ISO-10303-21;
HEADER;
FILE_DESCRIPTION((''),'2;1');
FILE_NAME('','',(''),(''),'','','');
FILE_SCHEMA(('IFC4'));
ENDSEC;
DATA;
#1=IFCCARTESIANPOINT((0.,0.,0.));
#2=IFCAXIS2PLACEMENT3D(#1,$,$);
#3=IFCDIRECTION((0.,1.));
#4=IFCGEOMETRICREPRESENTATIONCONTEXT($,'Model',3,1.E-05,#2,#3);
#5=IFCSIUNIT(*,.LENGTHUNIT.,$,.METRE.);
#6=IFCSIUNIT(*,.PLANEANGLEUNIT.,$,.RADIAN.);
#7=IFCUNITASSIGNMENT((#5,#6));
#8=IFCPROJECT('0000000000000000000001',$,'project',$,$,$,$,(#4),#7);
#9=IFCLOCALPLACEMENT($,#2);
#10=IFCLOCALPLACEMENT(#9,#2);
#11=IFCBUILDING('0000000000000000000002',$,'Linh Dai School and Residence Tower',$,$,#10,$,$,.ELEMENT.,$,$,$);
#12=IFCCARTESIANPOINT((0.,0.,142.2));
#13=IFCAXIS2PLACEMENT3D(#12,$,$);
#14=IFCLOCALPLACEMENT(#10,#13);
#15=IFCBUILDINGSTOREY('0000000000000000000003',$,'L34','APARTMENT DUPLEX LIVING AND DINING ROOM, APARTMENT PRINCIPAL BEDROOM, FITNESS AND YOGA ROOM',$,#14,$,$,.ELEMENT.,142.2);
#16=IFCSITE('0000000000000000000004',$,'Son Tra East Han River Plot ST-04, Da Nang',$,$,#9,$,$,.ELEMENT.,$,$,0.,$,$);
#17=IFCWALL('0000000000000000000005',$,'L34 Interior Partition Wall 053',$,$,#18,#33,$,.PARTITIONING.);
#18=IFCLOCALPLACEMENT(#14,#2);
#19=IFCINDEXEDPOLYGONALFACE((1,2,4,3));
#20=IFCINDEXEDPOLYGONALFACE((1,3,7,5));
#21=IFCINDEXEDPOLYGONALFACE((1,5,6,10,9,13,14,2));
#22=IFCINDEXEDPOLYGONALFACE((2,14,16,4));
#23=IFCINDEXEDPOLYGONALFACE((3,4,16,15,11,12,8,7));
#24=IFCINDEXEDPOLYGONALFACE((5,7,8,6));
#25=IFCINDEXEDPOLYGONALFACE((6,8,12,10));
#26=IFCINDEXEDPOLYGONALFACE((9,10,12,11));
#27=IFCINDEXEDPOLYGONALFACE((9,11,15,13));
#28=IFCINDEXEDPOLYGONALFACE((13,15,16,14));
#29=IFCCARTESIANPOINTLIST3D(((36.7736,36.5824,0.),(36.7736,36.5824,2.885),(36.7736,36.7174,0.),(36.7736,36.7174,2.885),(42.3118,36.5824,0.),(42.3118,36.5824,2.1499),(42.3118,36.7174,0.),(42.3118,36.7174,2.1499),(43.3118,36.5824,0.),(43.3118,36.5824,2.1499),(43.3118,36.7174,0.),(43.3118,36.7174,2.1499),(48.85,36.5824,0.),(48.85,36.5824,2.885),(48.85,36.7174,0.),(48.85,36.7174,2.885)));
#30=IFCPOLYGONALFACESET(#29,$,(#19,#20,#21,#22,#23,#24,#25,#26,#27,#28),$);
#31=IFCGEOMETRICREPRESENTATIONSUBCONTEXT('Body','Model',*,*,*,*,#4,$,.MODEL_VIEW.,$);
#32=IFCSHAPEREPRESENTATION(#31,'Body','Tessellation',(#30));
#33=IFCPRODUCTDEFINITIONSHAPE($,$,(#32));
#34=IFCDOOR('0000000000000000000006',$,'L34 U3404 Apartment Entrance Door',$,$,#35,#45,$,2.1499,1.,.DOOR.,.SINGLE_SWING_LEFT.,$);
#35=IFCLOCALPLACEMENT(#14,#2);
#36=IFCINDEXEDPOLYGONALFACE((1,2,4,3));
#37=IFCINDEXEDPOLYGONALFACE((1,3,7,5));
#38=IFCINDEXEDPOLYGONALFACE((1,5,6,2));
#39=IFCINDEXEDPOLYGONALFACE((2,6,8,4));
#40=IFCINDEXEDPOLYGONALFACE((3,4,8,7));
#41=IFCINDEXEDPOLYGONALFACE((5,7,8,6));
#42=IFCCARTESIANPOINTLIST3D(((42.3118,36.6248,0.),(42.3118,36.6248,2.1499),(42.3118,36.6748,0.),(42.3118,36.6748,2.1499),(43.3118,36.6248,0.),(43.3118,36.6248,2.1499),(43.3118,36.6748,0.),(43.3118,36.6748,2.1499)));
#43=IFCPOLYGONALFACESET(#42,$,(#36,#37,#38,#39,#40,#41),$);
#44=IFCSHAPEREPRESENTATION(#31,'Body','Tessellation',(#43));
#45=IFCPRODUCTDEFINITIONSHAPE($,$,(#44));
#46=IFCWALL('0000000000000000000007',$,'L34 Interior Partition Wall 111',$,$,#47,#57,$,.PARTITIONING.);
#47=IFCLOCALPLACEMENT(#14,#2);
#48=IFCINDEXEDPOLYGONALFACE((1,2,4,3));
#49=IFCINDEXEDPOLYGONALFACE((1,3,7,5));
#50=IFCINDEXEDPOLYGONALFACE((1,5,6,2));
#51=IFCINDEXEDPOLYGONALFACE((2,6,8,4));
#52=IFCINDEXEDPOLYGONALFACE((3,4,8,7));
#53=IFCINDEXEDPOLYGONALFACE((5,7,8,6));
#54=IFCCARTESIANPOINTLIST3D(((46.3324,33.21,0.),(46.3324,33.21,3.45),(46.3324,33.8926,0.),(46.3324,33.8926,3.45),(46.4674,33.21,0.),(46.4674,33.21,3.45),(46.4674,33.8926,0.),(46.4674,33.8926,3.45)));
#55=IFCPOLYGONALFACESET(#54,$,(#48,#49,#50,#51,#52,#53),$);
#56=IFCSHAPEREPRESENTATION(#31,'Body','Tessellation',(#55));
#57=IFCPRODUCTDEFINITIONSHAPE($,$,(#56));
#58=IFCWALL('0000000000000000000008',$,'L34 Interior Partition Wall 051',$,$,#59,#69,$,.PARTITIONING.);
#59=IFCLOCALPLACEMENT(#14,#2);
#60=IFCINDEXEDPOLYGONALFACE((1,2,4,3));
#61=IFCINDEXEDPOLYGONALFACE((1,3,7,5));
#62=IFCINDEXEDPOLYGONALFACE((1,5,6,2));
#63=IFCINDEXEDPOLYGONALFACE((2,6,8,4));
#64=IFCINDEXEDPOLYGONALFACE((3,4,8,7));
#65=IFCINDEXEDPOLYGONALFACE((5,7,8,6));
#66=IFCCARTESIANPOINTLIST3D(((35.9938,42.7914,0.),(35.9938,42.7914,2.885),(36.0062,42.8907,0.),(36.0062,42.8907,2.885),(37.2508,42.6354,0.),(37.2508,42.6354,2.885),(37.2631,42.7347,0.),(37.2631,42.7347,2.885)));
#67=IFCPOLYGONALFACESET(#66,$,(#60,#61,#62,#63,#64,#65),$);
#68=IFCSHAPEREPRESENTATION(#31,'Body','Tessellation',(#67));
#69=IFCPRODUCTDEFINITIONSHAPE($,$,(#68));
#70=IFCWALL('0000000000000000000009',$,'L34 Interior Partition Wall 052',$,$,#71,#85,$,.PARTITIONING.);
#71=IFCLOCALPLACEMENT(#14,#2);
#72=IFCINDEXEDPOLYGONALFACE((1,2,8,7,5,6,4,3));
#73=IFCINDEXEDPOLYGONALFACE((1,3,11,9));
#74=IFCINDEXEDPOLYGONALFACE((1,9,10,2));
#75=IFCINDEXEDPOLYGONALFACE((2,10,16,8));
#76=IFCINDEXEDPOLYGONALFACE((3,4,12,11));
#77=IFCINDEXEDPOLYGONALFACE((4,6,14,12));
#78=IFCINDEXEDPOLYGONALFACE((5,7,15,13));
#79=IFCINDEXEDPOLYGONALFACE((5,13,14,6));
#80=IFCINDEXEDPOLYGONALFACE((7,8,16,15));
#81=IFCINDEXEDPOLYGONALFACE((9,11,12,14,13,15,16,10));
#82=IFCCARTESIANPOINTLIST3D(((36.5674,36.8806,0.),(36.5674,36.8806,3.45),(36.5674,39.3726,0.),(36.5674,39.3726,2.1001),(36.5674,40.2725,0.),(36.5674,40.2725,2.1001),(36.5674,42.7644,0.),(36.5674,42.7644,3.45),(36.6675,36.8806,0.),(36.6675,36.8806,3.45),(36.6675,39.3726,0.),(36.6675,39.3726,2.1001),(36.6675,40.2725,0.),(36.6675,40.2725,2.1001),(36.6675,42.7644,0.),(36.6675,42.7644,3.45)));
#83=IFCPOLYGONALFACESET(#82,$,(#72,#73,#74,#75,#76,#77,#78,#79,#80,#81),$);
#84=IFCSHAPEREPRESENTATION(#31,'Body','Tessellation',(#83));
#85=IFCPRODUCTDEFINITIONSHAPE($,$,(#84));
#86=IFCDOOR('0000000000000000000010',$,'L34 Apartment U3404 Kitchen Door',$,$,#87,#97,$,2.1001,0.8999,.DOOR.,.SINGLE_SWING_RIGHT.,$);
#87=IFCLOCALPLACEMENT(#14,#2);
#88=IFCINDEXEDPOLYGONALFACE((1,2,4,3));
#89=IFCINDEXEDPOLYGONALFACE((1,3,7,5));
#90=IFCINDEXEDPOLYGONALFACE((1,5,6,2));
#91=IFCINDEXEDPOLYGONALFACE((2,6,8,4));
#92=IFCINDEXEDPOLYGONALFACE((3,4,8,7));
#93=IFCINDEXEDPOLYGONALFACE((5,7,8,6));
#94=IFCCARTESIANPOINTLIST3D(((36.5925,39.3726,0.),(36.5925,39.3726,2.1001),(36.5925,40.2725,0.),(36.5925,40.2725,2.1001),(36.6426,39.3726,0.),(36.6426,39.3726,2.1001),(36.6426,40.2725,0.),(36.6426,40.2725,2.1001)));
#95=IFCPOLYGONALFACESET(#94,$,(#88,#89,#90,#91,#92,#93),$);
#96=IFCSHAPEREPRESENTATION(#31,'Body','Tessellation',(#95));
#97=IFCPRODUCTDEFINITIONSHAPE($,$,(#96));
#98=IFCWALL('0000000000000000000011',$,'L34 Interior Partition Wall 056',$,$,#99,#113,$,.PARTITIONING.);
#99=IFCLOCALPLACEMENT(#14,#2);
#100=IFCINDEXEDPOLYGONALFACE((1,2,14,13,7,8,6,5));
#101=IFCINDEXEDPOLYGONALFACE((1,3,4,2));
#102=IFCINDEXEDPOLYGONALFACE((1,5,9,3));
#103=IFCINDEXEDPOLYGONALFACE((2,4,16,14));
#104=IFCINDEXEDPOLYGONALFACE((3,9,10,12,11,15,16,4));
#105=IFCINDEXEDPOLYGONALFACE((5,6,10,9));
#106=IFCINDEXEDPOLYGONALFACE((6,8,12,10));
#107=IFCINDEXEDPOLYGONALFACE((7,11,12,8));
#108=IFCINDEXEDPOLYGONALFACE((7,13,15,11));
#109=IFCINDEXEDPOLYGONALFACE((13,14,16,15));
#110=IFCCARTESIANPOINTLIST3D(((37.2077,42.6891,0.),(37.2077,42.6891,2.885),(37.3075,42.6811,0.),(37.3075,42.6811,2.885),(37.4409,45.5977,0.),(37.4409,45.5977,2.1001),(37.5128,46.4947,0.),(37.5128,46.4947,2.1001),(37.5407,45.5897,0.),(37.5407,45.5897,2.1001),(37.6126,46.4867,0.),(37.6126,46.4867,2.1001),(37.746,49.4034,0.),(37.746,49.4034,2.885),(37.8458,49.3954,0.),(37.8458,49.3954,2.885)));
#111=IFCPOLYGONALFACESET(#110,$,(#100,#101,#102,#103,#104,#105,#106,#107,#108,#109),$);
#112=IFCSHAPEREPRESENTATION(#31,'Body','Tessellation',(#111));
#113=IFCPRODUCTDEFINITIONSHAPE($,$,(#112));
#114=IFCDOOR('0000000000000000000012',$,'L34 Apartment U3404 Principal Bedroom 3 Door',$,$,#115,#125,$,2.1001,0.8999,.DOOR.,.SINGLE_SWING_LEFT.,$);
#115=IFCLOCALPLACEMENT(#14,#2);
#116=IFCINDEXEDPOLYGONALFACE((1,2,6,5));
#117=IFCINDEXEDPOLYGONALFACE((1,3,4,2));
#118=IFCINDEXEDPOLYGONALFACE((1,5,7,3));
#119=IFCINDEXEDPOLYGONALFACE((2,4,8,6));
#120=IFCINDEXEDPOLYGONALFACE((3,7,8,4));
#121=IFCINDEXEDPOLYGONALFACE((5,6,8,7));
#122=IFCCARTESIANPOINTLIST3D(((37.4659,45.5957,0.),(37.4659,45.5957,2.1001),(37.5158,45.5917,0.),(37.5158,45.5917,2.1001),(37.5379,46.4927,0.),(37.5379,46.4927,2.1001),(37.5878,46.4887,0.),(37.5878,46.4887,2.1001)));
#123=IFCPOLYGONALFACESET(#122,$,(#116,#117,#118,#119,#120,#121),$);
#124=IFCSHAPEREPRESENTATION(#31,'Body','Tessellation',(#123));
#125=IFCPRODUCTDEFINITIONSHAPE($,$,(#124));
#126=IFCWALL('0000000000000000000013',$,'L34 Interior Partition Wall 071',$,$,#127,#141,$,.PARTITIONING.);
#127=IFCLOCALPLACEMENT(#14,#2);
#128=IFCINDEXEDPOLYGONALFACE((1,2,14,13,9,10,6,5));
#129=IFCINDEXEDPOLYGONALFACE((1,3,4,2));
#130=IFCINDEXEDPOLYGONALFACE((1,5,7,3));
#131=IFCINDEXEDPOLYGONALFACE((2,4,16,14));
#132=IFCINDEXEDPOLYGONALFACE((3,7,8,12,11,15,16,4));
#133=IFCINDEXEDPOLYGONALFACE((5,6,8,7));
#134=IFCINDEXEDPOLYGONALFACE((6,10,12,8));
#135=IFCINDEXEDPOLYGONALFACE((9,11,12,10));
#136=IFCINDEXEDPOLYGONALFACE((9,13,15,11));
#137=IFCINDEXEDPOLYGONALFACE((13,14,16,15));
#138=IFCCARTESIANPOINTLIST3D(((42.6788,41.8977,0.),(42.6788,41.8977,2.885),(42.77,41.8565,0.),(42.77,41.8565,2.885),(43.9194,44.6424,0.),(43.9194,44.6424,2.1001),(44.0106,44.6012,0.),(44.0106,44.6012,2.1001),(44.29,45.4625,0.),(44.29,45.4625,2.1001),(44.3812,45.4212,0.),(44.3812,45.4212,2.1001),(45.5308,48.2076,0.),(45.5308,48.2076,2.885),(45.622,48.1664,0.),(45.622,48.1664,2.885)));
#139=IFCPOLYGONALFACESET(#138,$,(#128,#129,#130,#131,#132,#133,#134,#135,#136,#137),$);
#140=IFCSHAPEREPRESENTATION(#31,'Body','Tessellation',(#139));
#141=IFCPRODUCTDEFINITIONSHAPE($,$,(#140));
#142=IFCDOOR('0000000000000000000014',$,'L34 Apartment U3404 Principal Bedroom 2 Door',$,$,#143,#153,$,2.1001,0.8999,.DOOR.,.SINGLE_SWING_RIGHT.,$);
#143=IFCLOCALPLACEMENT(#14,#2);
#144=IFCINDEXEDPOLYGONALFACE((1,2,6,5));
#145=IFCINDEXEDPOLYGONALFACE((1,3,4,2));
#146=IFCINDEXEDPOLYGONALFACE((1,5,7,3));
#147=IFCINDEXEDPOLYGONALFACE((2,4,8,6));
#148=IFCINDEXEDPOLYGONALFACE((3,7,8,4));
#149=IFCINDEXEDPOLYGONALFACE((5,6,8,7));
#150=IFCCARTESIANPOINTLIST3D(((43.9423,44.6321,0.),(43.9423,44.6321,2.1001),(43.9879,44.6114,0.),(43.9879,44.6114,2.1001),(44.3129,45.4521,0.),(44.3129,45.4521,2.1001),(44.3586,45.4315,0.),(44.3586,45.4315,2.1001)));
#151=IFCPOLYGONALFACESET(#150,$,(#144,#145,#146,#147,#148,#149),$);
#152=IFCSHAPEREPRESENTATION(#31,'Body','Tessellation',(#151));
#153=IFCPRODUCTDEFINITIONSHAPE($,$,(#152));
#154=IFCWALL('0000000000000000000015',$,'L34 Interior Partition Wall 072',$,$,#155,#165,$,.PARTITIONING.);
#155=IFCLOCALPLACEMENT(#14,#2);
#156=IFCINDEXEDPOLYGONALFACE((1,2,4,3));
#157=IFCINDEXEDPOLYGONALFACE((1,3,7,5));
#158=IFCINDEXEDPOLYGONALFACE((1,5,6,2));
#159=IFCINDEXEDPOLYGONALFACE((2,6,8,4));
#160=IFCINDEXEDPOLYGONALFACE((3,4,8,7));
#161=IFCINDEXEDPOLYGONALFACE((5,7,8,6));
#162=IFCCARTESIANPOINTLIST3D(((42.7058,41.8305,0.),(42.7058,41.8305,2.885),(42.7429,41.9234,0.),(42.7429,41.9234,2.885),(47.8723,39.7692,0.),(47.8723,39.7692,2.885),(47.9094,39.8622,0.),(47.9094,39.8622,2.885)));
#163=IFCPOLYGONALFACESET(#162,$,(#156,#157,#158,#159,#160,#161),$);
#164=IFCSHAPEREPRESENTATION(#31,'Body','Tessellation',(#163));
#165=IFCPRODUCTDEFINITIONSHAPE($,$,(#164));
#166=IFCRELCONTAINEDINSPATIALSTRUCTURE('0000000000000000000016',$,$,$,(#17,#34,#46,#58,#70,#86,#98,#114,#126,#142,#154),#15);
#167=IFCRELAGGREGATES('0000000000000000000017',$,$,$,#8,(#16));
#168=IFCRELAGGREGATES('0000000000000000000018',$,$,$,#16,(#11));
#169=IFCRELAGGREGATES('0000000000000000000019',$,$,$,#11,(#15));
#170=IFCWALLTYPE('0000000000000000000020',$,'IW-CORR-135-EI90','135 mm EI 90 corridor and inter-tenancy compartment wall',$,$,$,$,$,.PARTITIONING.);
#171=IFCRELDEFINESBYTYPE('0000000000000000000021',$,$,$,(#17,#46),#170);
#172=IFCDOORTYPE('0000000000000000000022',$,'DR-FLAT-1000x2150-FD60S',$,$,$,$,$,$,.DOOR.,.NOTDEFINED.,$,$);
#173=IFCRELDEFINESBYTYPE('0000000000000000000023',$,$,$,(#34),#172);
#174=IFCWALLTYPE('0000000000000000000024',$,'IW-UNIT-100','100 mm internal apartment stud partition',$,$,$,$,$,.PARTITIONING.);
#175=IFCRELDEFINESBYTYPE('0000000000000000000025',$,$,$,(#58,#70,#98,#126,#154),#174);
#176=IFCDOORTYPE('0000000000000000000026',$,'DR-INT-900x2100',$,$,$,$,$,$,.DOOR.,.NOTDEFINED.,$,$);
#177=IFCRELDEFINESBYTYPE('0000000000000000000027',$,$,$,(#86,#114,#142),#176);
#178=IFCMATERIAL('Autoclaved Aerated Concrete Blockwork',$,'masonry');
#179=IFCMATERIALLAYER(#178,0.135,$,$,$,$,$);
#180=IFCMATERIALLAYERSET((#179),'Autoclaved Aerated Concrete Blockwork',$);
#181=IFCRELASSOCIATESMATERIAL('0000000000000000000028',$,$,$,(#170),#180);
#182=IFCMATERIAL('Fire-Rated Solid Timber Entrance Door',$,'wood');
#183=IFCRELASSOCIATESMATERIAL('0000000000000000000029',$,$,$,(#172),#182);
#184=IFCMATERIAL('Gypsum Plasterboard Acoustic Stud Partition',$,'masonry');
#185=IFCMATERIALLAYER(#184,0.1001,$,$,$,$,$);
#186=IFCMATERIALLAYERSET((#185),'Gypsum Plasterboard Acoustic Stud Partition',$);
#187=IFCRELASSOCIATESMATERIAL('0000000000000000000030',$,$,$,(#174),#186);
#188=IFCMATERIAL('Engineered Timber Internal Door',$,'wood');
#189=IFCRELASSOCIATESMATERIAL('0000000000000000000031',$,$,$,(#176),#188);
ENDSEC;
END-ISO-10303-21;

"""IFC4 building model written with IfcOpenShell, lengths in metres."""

from ifc_helpers import new_model, si_unit, direction, frame, frame_2d, origin, origin_2d, place, context, subcontext, project, spatial, rectangle, extrude, source, transform, mapped, material, layer, layer_set, type_object, element, fill, save


model = new_model("IFC4")

# Units and contexts
model_context = context("Model", 3, precision=1e-05, world=origin(), true_north=direction((0.0, 1.0)))
body_context = subcontext(model_context, "Body", "Model", "MODEL_VIEW")
ifc_project = project(units=[si_unit("LENGTHUNIT", "METRE"), si_unit("PLANEANGLEUNIT", "RADIAN")], contexts=[model_context])

# Site, building, storey
site_placement = place(None, origin())
site = spatial("IfcSite", under=ifc_project, at=site_placement, Name="Son Tra East Han River Plot ST-04, Da Nang", CompositionType="ELEMENT", RefElevation=0.0)
building_placement = place(site_placement, origin())
building = spatial("IfcBuilding", under=site, at=building_placement, Name="Linh Dai School and Residence Tower", CompositionType="ELEMENT")
storey_placement = place(building_placement, frame((0.0, 0.0, 142.2)))
storey = spatial("IfcBuildingStorey", under=building, at=storey_placement, Name="L34", Description="APARTMENT DUPLEX LIVING AND DINING ROOM, APARTMENT PRINCIPAL BEDROOM, FITNESS AND YOGA ROOM", CompositionType="ELEMENT", Elevation=142.2)

# Wall, opening, door
ifc_material_1 = material(Name="Autoclaved Aerated Concrete Blockwork", Category="masonry")
ifc_layer_1 = layer(ifc_material_1, 0.135)
ifc_layer_set_1 = layer_set([ifc_layer_1], Name="Autoclaved Aerated Concrete Blockwork")
wall_type_1 = type_object("IfcWallType", Name="IW-CORR-135-EI90", Description="135 mm EI 90 corridor and inter-tenancy compartment wall", PredefinedType="PARTITIONING", material=ifc_layer_set_1)
wall_1_placement = place(storey_placement, frame((36.7737, 36.6499, 0.0), z_axis=(0.0, 0.0, 1.0), x_axis=(1.0, 0.0, 0.0)))
wall_1 = element("IfcWall", 1, at=wall_1_placement, inside=storey, type_object=wall_type_1, Name="L34 Interior Partition Wall 053", PredefinedType="PARTITIONING", context=body_context, shape_type="SweptSolid", body=[
    extrude(rectangle(XDim=12.0764, YDim=0.135, at=frame_2d((6.0381, 0.0))), origin(), (0.0, 0.0, 1.0), 2.885),
])
opening_1_placement = place(wall_1_placement, frame((5.5381, 0.0, 0.0)))
opening_1 = element("IfcOpeningElement", 2, at=opening_1_placement, cuts=wall_1, PredefinedType="OPENING", context=body_context, shape_type="SweptSolid", body=[
    extrude(rectangle(XDim=1.0, YDim=2.1499, at=origin_2d()), frame((0.5, 0.0776, 1.075), z_axis=(0.0, -1.0, 0.0), x_axis=(1.0, 0.0, 0.0)), (0.0, 0.0, 1.0), 0.155),
])
ifc_material_2 = material(Name="Fire-Rated Solid Timber Entrance Door", Category="wood")
door_type_1 = type_object("IfcDoorType", Name="DR-FLAT-1000x2150-FD60S", OperationType="NOTDEFINED", PredefinedType="DOOR", material=ifc_material_2)
shared_shape_1 = source(origin(), body_context, "Body", "SweptSolid", [
    extrude(rectangle(XDim=1.0, YDim=2.1499, at=origin_2d()), frame((0.5, 0.0249, 1.075), z_axis=(0.0, -1.0, 0.0), x_axis=(1.0, 0.0, 0.0)), (0.0, 0.0, 1.0), 0.05),
])
door_1_placement = place(opening_1_placement, origin())
door_1 = element("IfcDoor", 3, at=door_1_placement, inside=storey, type_object=door_type_1, Name="L34 U3404 Apartment Entrance Door", OperationType="SINGLE_SWING_LEFT", OverallHeight=2.1499, OverallWidth=1.0, PredefinedType="DOOR", context=body_context, shape_type="MappedRepresentation", body=[
    mapped(shared_shape_1, transform((0.0, 0.0, 0.0), x_axis=(1.0, 0.0, 0.0), y_axis=(0.0, 1.0, 0.0), z_axis=(0.0, 0.0, 1.0), scale=1.0)),
])
fill(opening_1, door_1)

# Walls
wall_2_placement = place(storey_placement, frame((46.3999, 33.21, 0.0), z_axis=(0.0, 0.0, 1.0), x_axis=(0.0, 1.0, 0.0)))
element("IfcWall", 4, at=wall_2_placement, inside=storey, type_object=wall_type_1, Name="L34 Interior Partition Wall 111", PredefinedType="PARTITIONING", context=body_context, shape_type="SweptSolid", body=[
    extrude(rectangle(XDim=0.6826, YDim=0.135, at=frame_2d((0.3413, 0.0))), origin(), (0.0, 0.0, 1.0), 3.45),
])
ifc_material_3 = material(Name="Gypsum Plasterboard Acoustic Stud Partition", Category="masonry")
ifc_layer_2 = layer(ifc_material_3, 0.1001)
ifc_layer_set_2 = layer_set([ifc_layer_2], Name="Gypsum Plasterboard Acoustic Stud Partition")
wall_type_2 = type_object("IfcWallType", Name="IW-UNIT-100", Description="100 mm internal apartment stud partition", PredefinedType="PARTITIONING", material=ifc_layer_set_2)
wall_3_placement = place(storey_placement, frame((36.0, 42.8411, 0.0), z_axis=(0.0, 0.0, 1.0), x_axis=(0.992384, -0.123181, 0.0)))
element("IfcWall", 5, at=wall_3_placement, inside=storey, type_object=wall_type_2, Name="L34 Interior Partition Wall 051", PredefinedType="PARTITIONING", context=body_context, shape_type="SweptSolid", body=[
    extrude(rectangle(XDim=1.2666, YDim=0.1001, at=frame_2d((0.6333, 0.0))), origin(), (0.0, 0.0, 1.0), 2.885),
])

# Walls, openings, doors
wall_4_placement = place(storey_placement, frame((36.6174, 36.8806, 0.0), z_axis=(0.0, 0.0, 1.0), x_axis=(0.0, 1.0, 0.0)))
wall_4 = element("IfcWall", 6, at=wall_4_placement, inside=storey, type_object=wall_type_2, Name="L34 Interior Partition Wall 052", PredefinedType="PARTITIONING", context=body_context, shape_type="SweptSolid", body=[
    extrude(rectangle(XDim=5.8838, YDim=0.1001, at=frame_2d((2.9419, 0.0))), origin(), (0.0, 0.0, 1.0), 3.45),
])
opening_2_placement = place(wall_4_placement, frame((2.4919, 0.0, 0.0)))
opening_2 = element("IfcOpeningElement", 7, at=opening_2_placement, cuts=wall_4, PredefinedType="OPENING", context=body_context, shape_type="SweptSolid", body=[
    extrude(rectangle(XDim=0.8999, YDim=2.1001, at=origin_2d()), frame((0.45, 0.0601, 1.05), z_axis=(0.0, -1.0, 0.0), x_axis=(1.0, 0.0, 0.0)), (0.0, 0.0, 1.0), 0.1201),
])
ifc_material_4 = material(Name="Engineered Timber Internal Door", Category="wood")
door_type_2 = type_object("IfcDoorType", Name="DR-INT-900x2100", OperationType="NOTDEFINED", PredefinedType="DOOR", material=ifc_material_4)
shared_shape_2 = source(origin(), body_context, "Body", "SweptSolid", [
    extrude(rectangle(XDim=0.8999, YDim=2.1001, at=origin_2d()), frame((0.45, 0.0249, 1.05), z_axis=(0.0, -1.0, 0.0), x_axis=(1.0, 0.0, 0.0)), (0.0, 0.0, 1.0), 0.05),
])
door_2_placement = place(opening_2_placement, origin())
door_2 = element("IfcDoor", 8, at=door_2_placement, inside=storey, type_object=door_type_2, Name="L34 Apartment U3404 Kitchen Door", OperationType="SINGLE_SWING_RIGHT", OverallHeight=2.1001, OverallWidth=0.8999, PredefinedType="DOOR", context=body_context, shape_type="MappedRepresentation", body=[
    mapped(shared_shape_2, transform((0.0, 0.0, 0.0), x_axis=(1.0, 0.0, 0.0), y_axis=(0.0, 1.0, 0.0), z_axis=(0.0, 0.0, 1.0), scale=1.0)),
])
fill(opening_2, door_2)
wall_5_placement = place(storey_placement, frame((37.2576, 42.6851, 0.0), z_axis=(0.0, 0.0, 1.0), x_axis=(0.07992, 0.996801, 0.0)))
wall_5 = element("IfcWall", 9, at=wall_5_placement, inside=storey, type_object=wall_type_2, Name="L34 Interior Partition Wall 056", PredefinedType="PARTITIONING", context=body_context, shape_type="SweptSolid", body=[
    extrude(rectangle(XDim=6.7358, YDim=0.1001, at=frame_2d((3.3679, 0.0))), origin(), (0.0, 0.0, 1.0), 2.885),
])
opening_3_placement = place(wall_5_placement, frame((2.918, 0.0, 0.0)))
opening_3 = element("IfcOpeningElement", 10, at=opening_3_placement, cuts=wall_5, PredefinedType="OPENING", context=body_context, shape_type="SweptSolid", body=[
    extrude(rectangle(XDim=0.8999, YDim=2.1001, at=origin_2d()), frame((0.45, 0.0601, 1.05), z_axis=(0.0, -1.0, 0.0), x_axis=(1.0, 0.0, 0.0)), (0.0, 0.0, 1.0), 0.1201),
])
door_3_placement = place(opening_3_placement, origin())
door_3 = element("IfcDoor", 11, at=door_3_placement, inside=storey, type_object=door_type_2, Name="L34 Apartment U3404 Principal Bedroom 3 Door", OperationType="SINGLE_SWING_LEFT", OverallHeight=2.1001, OverallWidth=0.8999, PredefinedType="DOOR", context=body_context, shape_type="MappedRepresentation", body=[
    mapped(shared_shape_2, transform((0.0, 0.0, 0.0), x_axis=(1.0, 0.0, 0.0), y_axis=(0.0, 1.0, 0.0), z_axis=(0.0, 0.0, 1.0), scale=1.0)),
])
fill(opening_3, door_3)
wall_6_placement = place(storey_placement, frame((42.7244, 41.877, 0.0), z_axis=(0.0, 0.0, 1.0), x_axis=(0.411868, 0.911243, 0.0)))
wall_6 = element("IfcWall", 12, at=wall_6_placement, inside=storey, type_object=wall_type_2, Name="L34 Interior Partition Wall 071", PredefinedType="PARTITIONING", context=body_context, shape_type="SweptSolid", body=[
    extrude(rectangle(XDim=6.9246, YDim=0.1001, at=frame_2d((3.4624, 0.0))), origin(), (0.0, 0.0, 1.0), 2.885),
])
opening_4_placement = place(wall_6_placement, frame((3.0122, 0.0, 0.0)))
opening_4 = element("IfcOpeningElement", 13, at=opening_4_placement, cuts=wall_6, PredefinedType="OPENING", context=body_context, shape_type="SweptSolid", body=[
    extrude(rectangle(XDim=0.8999, YDim=2.1001, at=origin_2d()), frame((0.45, 0.0601, 1.05), z_axis=(0.0, -1.0, 0.0), x_axis=(1.0, 0.0, 0.0)), (0.0, 0.0, 1.0), 0.1201),
])
door_4_placement = place(opening_4_placement, origin())
door_4 = element("IfcDoor", 14, at=door_4_placement, inside=storey, type_object=door_type_2, Name="L34 Apartment U3404 Principal Bedroom 2 Door", OperationType="SINGLE_SWING_RIGHT", OverallHeight=2.1001, OverallWidth=0.8999, PredefinedType="DOOR", context=body_context, shape_type="MappedRepresentation", body=[
    mapped(shared_shape_2, transform((0.0, 0.0, 0.0), x_axis=(1.0, 0.0, 0.0), y_axis=(0.0, 1.0, 0.0), z_axis=(0.0, 0.0, 1.0), scale=1.0)),
])
fill(opening_4, door_4)

# Wall
wall_7_placement = place(storey_placement, frame((42.7244, 41.877, 0.0), z_axis=(0.0, 0.0, 1.0), x_axis=(0.928806, -0.370566, 0.0)))
element("IfcWall", 15, at=wall_7_placement, inside=storey, type_object=wall_type_2, Name="L34 Interior Partition Wall 072", PredefinedType="PARTITIONING", context=body_context, shape_type="SweptSolid", body=[
    extrude(rectangle(XDim=5.5625, YDim=0.1001, at=frame_2d((2.7812, 0.0))), origin(), (0.0, 0.0, 1.0), 2.885),
])

save(model, "model.ifc")
